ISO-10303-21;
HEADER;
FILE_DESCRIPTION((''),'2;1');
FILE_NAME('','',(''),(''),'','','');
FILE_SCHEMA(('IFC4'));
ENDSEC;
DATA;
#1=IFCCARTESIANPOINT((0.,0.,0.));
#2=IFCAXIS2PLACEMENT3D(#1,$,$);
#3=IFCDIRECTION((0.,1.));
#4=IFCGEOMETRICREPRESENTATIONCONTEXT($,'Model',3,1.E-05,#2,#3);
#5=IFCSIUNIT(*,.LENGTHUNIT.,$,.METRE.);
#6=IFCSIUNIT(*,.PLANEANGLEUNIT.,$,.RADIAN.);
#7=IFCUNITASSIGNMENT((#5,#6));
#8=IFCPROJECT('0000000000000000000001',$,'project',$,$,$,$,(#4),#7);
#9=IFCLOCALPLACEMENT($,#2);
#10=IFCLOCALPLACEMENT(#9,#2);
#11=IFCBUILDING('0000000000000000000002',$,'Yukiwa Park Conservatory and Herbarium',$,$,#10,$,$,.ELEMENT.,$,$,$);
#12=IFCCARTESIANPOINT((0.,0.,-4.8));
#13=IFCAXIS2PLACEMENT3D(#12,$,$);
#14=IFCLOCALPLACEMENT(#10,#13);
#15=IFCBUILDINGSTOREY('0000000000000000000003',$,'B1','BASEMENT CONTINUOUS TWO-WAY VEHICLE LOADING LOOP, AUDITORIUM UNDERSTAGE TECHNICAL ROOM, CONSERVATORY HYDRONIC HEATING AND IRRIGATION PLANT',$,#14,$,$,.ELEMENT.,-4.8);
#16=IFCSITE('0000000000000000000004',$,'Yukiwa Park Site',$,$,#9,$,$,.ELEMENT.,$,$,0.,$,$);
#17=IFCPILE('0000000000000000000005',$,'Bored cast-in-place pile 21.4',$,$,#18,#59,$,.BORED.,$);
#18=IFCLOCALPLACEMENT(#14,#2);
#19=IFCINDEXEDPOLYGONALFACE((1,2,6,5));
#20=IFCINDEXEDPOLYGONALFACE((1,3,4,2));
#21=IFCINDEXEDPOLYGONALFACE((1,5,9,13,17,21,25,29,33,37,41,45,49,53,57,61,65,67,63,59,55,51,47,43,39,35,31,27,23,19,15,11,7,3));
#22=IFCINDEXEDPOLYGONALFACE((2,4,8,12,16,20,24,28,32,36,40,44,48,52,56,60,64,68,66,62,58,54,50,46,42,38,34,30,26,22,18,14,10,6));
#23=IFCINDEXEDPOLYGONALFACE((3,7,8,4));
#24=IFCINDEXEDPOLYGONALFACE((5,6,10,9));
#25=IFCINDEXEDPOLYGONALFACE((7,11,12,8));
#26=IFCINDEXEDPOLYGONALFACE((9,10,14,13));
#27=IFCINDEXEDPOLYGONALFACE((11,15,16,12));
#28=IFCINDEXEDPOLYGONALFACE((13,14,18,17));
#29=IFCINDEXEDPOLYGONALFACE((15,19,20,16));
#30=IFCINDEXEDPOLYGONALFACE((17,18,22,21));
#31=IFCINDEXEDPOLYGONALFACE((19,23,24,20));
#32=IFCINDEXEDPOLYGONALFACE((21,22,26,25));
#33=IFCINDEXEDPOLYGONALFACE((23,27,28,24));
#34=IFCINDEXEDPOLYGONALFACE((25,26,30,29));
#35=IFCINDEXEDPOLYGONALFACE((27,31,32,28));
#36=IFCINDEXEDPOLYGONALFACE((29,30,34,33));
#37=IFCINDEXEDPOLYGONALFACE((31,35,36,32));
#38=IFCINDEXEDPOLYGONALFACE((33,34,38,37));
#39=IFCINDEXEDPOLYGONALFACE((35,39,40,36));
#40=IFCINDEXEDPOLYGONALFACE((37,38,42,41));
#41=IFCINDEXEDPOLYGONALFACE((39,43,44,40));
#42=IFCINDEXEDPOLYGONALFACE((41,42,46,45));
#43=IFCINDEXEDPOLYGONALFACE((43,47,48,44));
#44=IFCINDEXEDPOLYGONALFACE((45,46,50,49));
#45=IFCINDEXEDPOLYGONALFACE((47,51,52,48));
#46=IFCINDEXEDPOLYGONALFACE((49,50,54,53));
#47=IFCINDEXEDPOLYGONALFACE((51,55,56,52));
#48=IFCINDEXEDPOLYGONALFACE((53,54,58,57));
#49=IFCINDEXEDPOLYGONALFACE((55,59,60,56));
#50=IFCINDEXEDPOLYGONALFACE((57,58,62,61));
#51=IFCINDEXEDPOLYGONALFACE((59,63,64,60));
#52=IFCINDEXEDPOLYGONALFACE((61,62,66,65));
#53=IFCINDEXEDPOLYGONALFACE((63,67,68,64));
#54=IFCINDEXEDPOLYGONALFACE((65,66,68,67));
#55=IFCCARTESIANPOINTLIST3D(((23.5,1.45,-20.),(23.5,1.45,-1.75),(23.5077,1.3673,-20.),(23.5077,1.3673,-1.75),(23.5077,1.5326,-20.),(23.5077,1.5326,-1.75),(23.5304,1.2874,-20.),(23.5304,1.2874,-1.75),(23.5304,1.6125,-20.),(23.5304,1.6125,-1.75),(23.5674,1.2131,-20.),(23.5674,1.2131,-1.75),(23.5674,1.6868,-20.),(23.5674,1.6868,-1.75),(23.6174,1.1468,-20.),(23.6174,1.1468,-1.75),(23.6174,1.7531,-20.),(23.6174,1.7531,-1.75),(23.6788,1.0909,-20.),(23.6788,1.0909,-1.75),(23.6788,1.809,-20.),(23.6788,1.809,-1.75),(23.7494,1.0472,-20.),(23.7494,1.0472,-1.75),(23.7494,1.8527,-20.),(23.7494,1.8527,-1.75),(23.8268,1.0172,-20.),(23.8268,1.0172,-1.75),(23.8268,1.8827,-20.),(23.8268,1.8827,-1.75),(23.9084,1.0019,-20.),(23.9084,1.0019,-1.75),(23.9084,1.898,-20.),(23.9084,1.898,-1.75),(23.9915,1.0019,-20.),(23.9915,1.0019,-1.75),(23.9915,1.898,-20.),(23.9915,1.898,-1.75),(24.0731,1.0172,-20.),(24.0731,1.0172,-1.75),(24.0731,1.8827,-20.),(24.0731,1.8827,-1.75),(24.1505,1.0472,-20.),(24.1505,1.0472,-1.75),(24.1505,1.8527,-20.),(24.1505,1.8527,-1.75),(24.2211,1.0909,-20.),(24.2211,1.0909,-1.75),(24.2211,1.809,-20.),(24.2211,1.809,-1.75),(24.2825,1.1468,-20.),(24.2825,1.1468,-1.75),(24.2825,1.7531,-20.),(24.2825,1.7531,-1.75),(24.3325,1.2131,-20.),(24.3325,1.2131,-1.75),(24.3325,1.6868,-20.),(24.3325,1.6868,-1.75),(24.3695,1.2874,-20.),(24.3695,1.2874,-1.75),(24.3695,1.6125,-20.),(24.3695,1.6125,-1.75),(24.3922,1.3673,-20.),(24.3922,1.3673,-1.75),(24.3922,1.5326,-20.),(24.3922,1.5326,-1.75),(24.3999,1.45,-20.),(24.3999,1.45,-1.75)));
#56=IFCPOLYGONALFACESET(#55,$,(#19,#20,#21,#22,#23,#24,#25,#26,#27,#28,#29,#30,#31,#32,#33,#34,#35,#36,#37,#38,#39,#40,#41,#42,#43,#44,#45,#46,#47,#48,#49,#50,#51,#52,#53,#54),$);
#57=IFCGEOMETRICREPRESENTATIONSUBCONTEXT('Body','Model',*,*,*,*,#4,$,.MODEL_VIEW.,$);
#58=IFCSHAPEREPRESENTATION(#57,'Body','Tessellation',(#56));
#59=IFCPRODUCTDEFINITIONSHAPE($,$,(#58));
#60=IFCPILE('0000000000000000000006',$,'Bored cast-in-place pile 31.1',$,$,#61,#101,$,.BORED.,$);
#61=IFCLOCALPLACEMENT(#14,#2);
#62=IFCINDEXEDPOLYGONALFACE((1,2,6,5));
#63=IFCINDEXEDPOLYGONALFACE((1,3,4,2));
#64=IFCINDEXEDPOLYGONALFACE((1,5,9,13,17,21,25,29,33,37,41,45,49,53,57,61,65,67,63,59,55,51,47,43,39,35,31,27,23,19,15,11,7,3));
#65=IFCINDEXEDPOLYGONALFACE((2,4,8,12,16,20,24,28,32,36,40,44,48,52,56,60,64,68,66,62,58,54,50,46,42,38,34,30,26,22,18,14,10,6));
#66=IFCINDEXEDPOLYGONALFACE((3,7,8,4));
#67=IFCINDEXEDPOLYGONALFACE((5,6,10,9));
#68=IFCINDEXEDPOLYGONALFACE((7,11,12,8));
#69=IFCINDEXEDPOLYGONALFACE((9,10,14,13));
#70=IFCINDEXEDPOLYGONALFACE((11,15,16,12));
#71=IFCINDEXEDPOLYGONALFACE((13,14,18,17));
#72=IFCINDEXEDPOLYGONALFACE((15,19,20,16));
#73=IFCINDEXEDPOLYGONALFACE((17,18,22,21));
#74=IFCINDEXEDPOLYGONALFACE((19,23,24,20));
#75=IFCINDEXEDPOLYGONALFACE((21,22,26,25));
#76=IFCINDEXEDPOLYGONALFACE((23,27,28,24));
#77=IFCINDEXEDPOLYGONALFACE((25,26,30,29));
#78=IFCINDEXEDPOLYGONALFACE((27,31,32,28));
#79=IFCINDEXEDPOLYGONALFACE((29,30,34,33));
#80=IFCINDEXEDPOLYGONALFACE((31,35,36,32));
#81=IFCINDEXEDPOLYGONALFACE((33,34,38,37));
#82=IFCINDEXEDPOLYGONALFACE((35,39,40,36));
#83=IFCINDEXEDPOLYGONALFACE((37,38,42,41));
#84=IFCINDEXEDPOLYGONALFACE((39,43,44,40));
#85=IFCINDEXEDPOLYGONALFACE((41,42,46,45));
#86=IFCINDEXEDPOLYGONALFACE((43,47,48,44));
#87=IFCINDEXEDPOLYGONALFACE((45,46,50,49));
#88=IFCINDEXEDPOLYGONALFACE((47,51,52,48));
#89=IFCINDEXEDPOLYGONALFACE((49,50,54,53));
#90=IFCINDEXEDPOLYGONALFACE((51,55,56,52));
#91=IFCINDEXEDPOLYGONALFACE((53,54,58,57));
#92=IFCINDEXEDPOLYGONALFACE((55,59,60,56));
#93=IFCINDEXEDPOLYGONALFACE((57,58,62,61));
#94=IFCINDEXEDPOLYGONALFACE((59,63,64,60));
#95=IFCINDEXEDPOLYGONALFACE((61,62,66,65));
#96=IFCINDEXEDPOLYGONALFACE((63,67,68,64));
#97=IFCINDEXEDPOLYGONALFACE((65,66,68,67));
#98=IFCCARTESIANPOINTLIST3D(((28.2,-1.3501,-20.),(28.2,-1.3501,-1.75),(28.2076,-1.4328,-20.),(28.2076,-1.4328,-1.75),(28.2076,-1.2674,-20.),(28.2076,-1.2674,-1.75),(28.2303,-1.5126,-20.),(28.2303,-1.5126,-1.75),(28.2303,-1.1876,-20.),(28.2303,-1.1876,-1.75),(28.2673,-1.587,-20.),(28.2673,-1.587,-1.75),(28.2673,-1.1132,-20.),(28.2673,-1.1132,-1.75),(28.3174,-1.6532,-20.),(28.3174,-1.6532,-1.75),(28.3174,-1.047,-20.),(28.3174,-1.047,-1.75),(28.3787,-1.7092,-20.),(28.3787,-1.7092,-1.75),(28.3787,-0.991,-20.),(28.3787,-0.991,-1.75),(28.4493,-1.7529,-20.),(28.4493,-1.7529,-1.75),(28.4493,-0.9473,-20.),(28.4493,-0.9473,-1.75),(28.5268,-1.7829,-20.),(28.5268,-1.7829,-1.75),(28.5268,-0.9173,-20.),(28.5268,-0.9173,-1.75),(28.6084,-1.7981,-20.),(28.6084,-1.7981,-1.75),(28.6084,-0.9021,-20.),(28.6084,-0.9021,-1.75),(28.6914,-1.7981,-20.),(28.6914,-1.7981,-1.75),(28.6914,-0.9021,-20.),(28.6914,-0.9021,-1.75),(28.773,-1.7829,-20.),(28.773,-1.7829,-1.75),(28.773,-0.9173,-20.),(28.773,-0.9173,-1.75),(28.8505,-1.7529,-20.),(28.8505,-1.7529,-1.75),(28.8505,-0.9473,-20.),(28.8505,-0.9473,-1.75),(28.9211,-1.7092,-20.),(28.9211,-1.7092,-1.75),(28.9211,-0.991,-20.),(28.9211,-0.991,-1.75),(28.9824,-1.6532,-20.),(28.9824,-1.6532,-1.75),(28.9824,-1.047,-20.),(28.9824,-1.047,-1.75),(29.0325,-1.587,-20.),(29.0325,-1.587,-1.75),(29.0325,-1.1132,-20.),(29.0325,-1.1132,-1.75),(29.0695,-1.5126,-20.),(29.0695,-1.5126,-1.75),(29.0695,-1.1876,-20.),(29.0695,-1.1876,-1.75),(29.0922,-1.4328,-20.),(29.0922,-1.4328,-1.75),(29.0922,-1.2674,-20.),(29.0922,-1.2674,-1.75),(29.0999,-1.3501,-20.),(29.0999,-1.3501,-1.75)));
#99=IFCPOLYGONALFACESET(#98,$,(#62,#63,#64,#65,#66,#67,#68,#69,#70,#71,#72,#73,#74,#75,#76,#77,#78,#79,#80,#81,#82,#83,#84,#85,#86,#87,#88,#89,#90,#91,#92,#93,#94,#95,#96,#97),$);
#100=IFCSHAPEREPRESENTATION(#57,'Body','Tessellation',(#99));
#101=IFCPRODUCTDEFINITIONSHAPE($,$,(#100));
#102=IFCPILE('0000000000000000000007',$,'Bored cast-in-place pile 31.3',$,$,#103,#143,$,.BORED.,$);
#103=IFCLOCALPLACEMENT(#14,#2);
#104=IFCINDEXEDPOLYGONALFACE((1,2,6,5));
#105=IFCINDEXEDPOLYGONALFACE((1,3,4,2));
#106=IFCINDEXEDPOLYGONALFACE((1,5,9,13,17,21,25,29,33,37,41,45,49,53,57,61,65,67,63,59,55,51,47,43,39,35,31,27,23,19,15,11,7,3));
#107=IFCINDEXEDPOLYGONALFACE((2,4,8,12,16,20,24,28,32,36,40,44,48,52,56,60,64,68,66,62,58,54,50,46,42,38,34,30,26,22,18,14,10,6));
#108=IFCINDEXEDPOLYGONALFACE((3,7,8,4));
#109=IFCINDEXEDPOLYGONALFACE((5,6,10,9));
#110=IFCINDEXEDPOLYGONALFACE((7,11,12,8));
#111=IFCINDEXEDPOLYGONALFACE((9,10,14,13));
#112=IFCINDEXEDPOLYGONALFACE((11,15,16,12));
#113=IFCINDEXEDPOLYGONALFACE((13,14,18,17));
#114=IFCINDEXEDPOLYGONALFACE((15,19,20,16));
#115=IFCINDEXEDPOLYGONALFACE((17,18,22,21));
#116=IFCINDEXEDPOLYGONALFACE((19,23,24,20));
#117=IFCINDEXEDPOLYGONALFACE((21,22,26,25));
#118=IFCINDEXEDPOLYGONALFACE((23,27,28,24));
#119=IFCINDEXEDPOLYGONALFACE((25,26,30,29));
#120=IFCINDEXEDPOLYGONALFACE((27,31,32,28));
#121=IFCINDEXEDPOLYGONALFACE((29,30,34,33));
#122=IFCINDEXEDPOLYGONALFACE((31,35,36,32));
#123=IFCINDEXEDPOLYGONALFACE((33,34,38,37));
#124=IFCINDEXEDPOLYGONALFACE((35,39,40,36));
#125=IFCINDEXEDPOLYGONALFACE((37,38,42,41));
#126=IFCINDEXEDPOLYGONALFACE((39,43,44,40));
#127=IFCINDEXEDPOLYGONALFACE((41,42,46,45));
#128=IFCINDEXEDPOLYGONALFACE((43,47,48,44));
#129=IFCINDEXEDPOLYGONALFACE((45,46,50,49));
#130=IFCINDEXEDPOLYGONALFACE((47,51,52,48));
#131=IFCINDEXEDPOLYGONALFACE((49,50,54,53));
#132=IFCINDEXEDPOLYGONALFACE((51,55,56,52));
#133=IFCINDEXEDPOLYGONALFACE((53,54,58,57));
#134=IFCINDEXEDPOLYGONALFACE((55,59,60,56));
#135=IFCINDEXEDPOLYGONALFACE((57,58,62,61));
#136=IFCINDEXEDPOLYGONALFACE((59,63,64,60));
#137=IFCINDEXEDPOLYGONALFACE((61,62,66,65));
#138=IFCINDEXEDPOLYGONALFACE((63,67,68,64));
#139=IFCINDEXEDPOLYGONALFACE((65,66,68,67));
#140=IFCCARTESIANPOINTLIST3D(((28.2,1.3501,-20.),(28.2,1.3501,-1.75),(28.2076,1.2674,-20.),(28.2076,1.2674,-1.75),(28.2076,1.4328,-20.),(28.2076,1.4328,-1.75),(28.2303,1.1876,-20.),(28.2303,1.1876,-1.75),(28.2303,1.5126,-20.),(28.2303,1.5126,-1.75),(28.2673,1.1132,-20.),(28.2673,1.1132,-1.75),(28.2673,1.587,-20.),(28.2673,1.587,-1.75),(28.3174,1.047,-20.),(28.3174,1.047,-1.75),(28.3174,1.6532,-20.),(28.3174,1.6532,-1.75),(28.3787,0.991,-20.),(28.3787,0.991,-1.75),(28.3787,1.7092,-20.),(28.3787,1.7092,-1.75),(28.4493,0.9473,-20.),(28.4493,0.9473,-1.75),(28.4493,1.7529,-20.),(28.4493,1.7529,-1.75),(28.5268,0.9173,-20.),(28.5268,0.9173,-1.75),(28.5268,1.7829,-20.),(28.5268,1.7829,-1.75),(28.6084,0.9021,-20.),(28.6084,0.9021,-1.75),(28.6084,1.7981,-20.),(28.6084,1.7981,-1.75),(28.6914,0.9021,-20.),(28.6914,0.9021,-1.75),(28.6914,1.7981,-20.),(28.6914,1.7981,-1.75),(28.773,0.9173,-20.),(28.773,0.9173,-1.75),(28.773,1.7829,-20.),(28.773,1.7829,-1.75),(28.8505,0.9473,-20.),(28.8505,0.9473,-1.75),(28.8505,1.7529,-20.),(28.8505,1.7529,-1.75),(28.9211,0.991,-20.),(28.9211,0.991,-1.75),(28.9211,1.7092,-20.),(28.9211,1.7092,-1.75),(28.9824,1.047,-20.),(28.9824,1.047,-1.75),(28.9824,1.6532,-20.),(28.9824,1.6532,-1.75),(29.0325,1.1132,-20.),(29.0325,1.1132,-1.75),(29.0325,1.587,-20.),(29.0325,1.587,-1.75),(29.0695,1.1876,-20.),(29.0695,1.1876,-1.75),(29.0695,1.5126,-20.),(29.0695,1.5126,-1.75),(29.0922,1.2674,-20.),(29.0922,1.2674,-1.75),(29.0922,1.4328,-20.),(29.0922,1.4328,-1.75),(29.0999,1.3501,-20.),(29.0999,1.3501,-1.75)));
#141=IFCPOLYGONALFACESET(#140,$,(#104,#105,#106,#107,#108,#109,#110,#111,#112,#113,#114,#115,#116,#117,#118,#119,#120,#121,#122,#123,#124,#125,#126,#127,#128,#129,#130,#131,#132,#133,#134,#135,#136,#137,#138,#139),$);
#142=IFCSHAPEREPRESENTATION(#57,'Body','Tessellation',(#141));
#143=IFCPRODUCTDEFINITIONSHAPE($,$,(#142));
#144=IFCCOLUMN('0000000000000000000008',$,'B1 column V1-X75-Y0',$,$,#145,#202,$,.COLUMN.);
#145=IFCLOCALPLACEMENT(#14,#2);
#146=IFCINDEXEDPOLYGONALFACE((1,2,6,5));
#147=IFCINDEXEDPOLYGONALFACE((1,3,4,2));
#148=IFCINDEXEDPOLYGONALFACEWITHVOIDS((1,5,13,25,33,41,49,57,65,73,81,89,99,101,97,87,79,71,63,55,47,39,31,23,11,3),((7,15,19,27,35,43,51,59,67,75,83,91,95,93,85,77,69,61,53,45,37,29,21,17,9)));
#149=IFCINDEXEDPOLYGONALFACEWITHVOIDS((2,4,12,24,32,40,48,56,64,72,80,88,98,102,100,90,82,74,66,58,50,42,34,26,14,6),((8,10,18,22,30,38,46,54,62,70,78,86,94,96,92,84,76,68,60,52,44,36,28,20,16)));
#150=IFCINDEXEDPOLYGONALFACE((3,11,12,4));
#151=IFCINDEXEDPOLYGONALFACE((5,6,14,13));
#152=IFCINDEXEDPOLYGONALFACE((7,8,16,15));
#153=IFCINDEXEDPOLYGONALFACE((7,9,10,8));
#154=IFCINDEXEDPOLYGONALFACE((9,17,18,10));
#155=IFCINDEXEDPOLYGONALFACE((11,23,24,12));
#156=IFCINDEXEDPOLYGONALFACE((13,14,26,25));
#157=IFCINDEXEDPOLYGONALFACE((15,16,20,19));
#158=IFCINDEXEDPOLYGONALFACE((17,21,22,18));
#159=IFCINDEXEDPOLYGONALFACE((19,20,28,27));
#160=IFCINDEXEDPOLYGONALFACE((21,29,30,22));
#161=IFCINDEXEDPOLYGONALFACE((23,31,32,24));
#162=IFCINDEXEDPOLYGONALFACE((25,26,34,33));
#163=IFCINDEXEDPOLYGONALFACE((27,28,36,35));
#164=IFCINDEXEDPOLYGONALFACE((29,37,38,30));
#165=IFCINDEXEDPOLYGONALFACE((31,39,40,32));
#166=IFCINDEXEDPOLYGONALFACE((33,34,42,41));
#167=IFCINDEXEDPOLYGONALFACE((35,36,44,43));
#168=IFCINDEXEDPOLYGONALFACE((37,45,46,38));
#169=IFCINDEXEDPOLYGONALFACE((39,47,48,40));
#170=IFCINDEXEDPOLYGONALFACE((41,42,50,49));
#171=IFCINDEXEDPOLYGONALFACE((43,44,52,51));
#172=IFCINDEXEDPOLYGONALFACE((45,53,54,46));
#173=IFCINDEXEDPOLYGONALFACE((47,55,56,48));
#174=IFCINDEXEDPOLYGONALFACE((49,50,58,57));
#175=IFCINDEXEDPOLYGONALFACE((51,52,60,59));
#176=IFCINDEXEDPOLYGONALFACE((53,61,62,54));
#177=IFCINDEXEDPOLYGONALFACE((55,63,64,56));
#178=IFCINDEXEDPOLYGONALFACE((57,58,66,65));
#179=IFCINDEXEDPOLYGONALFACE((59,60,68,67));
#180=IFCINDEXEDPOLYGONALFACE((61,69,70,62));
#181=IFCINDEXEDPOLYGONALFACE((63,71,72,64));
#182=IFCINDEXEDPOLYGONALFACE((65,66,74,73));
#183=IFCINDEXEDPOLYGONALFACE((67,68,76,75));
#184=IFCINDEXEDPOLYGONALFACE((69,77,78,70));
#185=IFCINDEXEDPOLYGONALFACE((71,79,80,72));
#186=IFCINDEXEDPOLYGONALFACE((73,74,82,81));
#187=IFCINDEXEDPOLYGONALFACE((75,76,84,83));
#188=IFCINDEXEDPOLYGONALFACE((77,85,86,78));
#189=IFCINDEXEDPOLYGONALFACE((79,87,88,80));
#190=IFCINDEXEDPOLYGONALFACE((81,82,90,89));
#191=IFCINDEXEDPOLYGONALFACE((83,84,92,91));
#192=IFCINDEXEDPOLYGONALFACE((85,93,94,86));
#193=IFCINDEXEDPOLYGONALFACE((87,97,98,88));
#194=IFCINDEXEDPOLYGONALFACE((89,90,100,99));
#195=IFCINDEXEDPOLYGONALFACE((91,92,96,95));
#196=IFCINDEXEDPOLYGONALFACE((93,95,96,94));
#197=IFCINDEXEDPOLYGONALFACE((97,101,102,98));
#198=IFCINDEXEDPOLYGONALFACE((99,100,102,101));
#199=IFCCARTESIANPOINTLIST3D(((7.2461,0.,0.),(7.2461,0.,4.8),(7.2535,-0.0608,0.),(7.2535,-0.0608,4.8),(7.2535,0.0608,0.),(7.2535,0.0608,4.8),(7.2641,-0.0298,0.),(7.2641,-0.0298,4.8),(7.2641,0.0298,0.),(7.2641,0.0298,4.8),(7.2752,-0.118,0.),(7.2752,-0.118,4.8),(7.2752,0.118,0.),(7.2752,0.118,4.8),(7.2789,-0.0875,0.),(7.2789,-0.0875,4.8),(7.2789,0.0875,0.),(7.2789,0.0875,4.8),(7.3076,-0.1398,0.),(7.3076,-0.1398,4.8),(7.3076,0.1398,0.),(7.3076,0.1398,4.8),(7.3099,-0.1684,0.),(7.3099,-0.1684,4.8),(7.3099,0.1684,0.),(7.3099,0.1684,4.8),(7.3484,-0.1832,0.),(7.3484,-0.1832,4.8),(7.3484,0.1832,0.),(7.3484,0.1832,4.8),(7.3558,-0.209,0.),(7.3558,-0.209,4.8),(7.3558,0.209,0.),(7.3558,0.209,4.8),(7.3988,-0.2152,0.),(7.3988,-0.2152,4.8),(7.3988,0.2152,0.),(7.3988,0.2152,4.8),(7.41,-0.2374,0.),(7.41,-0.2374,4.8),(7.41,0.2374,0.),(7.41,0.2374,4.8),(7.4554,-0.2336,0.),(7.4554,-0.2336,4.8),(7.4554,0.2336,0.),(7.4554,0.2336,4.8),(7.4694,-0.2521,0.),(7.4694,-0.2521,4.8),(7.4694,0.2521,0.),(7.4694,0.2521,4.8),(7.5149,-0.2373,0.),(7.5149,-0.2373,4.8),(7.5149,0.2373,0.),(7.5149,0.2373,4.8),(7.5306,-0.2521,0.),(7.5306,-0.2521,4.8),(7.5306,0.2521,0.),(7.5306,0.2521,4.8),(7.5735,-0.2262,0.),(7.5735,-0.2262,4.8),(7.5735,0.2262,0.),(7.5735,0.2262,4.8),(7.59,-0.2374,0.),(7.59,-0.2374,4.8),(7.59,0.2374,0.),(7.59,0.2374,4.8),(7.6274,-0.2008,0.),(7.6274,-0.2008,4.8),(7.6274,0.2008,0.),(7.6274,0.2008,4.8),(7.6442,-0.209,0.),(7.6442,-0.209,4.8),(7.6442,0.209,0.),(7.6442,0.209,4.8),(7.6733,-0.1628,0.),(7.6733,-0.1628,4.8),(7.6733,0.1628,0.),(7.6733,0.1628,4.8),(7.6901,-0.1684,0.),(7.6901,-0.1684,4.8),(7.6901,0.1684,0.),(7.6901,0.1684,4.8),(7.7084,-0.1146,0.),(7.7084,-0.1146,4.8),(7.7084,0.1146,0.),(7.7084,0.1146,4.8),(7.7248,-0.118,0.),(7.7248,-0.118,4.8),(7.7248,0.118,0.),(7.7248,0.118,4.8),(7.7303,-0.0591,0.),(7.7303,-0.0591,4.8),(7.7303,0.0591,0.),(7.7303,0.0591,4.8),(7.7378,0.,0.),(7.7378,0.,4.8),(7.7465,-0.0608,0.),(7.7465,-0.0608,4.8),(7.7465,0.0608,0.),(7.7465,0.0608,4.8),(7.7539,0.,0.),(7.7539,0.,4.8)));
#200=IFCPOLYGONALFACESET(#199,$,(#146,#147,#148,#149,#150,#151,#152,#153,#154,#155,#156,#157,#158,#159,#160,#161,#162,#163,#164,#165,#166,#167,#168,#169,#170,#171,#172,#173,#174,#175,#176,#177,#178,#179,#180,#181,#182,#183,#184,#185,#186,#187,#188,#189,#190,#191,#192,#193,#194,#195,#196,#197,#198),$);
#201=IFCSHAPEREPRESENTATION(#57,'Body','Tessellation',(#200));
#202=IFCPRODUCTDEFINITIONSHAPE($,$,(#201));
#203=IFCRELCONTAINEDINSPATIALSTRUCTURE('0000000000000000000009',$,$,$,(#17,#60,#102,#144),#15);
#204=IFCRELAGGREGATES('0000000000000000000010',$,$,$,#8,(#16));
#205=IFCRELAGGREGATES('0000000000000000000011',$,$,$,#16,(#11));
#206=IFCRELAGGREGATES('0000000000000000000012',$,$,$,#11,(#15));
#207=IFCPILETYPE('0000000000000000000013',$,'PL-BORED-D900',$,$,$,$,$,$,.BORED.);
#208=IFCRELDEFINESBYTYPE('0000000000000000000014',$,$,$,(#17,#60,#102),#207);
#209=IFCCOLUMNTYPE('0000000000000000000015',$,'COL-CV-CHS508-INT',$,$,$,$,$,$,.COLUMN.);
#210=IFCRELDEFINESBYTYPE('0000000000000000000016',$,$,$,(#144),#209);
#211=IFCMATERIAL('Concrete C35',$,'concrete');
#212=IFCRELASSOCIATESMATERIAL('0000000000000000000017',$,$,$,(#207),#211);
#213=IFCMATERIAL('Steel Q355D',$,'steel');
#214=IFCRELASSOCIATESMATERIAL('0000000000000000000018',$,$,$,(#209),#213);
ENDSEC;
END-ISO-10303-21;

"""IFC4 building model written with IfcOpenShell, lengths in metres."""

from ifc_helpers import new_model, si_unit, direction, frame, origin, origin_2d, place, context, subcontext, project, spatial, circle, hollow_circle, extrude, material, material_profile, profile_set, type_object, element, save


model = new_model("IFC4")

# Units and contexts
model_context = context("Model", 3, precision=1e-05, world=origin(), true_north=direction((0.0, 1.0)))
body_context = subcontext(model_context, "Body", "Model", "MODEL_VIEW")
ifc_project = project(units=[si_unit("LENGTHUNIT", "METRE"), si_unit("PLANEANGLEUNIT", "RADIAN")], contexts=[model_context])

# Site, building, storey
site_placement = place(None, origin())
site = spatial("IfcSite", under=ifc_project, at=site_placement, Name="Yukiwa Park Site", CompositionType="ELEMENT", RefElevation=0.0)
building_placement = place(site_placement, origin())
building = spatial("IfcBuilding", under=site, at=building_placement, Name="Yukiwa Park Conservatory and Herbarium", CompositionType="ELEMENT")
storey_placement = place(building_placement, frame((0.0, 0.0, -4.8)))
storey = spatial("IfcBuildingStorey", under=building, at=storey_placement, Name="B1", Description="BASEMENT CONTINUOUS TWO-WAY VEHICLE LOADING LOOP, AUDITORIUM UNDERSTAGE TECHNICAL ROOM, CONSERVATORY HYDRONIC HEATING AND IRRIGATION PLANT", CompositionType="ELEMENT", Elevation=-4.8)

# Piles
ifc_material_1 = material(Name="Concrete C35", Category="concrete")
ifc_material_profile_1 = material_profile(ifc_material_1, circle(Radius=0.45, at=origin_2d()), Name="PILE D900")
ifc_profile_set_1 = profile_set([ifc_material_profile_1], Name="Concrete C35")
pile_type_1 = type_object("IfcPileType", Name="PL-BORED-D900", PredefinedType="BORED", material=ifc_profile_set_1)
for number, where, z_axis, x_axis, name in (
    (1, (23.95, 1.45, -1.75), (0.0, 0.0, -1.0), (1.0, 0.0, 0.0), "Bored cast-in-place pile 21.4"),
    (2, (28.6499, -1.3501, -1.75), (0.0, 0.0, -1.0), (1.0, 0.0, 0.0), "Bored cast-in-place pile 31.1"),
    (3, (28.6499, 1.3501, -1.75), (0.0, 0.0, -1.0), (1.0, 0.0, 0.0), "Bored cast-in-place pile 31.3"),
):
    element("IfcPile", number, at=place(storey_placement, frame(where, z_axis=z_axis, x_axis=x_axis)), inside=storey, type_object=pile_type_1, Name=name, PredefinedType="BORED", context=body_context, shape_type="SweptSolid", body=[
        extrude(circle(Radius=0.45, at=origin_2d()), origin(), (0.0, 0.0, 1.0), 18.25),
    ])

# Column
ifc_material_2 = material(Name="Steel Q355D", Category="steel")
ifc_material_profile_2 = material_profile(ifc_material_2, hollow_circle(Radius=0.2539, WallThickness=0.0161, at=origin_2d()), Name="CHS 508x16")
ifc_profile_set_2 = profile_set([ifc_material_profile_2], Name="Steel Q355D")
column_type = type_object("IfcColumnType", Name="COL-CV-CHS508-INT", PredefinedType="COLUMN", material=ifc_profile_set_2)
for number, where, z_axis, x_axis, name in (
    (4, (7.5, 0.0, 0.0), (0.0, 0.0, 1.0), (1.0, 0.0, 0.0), "B1 column V1-X75-Y0"),
):
    element("IfcColumn", number, at=place(storey_placement, frame(where, z_axis=z_axis, x_axis=x_axis)), inside=storey, type_object=column_type, Name=name, PredefinedType="COLUMN", context=body_context, shape_type="SweptSolid", body=[
        extrude(hollow_circle(Radius=0.2539, WallThickness=0.0161, at=origin_2d()), origin(), (0.0, 0.0, 1.0), 4.8),
    ])

save(model, "model.ifc")
